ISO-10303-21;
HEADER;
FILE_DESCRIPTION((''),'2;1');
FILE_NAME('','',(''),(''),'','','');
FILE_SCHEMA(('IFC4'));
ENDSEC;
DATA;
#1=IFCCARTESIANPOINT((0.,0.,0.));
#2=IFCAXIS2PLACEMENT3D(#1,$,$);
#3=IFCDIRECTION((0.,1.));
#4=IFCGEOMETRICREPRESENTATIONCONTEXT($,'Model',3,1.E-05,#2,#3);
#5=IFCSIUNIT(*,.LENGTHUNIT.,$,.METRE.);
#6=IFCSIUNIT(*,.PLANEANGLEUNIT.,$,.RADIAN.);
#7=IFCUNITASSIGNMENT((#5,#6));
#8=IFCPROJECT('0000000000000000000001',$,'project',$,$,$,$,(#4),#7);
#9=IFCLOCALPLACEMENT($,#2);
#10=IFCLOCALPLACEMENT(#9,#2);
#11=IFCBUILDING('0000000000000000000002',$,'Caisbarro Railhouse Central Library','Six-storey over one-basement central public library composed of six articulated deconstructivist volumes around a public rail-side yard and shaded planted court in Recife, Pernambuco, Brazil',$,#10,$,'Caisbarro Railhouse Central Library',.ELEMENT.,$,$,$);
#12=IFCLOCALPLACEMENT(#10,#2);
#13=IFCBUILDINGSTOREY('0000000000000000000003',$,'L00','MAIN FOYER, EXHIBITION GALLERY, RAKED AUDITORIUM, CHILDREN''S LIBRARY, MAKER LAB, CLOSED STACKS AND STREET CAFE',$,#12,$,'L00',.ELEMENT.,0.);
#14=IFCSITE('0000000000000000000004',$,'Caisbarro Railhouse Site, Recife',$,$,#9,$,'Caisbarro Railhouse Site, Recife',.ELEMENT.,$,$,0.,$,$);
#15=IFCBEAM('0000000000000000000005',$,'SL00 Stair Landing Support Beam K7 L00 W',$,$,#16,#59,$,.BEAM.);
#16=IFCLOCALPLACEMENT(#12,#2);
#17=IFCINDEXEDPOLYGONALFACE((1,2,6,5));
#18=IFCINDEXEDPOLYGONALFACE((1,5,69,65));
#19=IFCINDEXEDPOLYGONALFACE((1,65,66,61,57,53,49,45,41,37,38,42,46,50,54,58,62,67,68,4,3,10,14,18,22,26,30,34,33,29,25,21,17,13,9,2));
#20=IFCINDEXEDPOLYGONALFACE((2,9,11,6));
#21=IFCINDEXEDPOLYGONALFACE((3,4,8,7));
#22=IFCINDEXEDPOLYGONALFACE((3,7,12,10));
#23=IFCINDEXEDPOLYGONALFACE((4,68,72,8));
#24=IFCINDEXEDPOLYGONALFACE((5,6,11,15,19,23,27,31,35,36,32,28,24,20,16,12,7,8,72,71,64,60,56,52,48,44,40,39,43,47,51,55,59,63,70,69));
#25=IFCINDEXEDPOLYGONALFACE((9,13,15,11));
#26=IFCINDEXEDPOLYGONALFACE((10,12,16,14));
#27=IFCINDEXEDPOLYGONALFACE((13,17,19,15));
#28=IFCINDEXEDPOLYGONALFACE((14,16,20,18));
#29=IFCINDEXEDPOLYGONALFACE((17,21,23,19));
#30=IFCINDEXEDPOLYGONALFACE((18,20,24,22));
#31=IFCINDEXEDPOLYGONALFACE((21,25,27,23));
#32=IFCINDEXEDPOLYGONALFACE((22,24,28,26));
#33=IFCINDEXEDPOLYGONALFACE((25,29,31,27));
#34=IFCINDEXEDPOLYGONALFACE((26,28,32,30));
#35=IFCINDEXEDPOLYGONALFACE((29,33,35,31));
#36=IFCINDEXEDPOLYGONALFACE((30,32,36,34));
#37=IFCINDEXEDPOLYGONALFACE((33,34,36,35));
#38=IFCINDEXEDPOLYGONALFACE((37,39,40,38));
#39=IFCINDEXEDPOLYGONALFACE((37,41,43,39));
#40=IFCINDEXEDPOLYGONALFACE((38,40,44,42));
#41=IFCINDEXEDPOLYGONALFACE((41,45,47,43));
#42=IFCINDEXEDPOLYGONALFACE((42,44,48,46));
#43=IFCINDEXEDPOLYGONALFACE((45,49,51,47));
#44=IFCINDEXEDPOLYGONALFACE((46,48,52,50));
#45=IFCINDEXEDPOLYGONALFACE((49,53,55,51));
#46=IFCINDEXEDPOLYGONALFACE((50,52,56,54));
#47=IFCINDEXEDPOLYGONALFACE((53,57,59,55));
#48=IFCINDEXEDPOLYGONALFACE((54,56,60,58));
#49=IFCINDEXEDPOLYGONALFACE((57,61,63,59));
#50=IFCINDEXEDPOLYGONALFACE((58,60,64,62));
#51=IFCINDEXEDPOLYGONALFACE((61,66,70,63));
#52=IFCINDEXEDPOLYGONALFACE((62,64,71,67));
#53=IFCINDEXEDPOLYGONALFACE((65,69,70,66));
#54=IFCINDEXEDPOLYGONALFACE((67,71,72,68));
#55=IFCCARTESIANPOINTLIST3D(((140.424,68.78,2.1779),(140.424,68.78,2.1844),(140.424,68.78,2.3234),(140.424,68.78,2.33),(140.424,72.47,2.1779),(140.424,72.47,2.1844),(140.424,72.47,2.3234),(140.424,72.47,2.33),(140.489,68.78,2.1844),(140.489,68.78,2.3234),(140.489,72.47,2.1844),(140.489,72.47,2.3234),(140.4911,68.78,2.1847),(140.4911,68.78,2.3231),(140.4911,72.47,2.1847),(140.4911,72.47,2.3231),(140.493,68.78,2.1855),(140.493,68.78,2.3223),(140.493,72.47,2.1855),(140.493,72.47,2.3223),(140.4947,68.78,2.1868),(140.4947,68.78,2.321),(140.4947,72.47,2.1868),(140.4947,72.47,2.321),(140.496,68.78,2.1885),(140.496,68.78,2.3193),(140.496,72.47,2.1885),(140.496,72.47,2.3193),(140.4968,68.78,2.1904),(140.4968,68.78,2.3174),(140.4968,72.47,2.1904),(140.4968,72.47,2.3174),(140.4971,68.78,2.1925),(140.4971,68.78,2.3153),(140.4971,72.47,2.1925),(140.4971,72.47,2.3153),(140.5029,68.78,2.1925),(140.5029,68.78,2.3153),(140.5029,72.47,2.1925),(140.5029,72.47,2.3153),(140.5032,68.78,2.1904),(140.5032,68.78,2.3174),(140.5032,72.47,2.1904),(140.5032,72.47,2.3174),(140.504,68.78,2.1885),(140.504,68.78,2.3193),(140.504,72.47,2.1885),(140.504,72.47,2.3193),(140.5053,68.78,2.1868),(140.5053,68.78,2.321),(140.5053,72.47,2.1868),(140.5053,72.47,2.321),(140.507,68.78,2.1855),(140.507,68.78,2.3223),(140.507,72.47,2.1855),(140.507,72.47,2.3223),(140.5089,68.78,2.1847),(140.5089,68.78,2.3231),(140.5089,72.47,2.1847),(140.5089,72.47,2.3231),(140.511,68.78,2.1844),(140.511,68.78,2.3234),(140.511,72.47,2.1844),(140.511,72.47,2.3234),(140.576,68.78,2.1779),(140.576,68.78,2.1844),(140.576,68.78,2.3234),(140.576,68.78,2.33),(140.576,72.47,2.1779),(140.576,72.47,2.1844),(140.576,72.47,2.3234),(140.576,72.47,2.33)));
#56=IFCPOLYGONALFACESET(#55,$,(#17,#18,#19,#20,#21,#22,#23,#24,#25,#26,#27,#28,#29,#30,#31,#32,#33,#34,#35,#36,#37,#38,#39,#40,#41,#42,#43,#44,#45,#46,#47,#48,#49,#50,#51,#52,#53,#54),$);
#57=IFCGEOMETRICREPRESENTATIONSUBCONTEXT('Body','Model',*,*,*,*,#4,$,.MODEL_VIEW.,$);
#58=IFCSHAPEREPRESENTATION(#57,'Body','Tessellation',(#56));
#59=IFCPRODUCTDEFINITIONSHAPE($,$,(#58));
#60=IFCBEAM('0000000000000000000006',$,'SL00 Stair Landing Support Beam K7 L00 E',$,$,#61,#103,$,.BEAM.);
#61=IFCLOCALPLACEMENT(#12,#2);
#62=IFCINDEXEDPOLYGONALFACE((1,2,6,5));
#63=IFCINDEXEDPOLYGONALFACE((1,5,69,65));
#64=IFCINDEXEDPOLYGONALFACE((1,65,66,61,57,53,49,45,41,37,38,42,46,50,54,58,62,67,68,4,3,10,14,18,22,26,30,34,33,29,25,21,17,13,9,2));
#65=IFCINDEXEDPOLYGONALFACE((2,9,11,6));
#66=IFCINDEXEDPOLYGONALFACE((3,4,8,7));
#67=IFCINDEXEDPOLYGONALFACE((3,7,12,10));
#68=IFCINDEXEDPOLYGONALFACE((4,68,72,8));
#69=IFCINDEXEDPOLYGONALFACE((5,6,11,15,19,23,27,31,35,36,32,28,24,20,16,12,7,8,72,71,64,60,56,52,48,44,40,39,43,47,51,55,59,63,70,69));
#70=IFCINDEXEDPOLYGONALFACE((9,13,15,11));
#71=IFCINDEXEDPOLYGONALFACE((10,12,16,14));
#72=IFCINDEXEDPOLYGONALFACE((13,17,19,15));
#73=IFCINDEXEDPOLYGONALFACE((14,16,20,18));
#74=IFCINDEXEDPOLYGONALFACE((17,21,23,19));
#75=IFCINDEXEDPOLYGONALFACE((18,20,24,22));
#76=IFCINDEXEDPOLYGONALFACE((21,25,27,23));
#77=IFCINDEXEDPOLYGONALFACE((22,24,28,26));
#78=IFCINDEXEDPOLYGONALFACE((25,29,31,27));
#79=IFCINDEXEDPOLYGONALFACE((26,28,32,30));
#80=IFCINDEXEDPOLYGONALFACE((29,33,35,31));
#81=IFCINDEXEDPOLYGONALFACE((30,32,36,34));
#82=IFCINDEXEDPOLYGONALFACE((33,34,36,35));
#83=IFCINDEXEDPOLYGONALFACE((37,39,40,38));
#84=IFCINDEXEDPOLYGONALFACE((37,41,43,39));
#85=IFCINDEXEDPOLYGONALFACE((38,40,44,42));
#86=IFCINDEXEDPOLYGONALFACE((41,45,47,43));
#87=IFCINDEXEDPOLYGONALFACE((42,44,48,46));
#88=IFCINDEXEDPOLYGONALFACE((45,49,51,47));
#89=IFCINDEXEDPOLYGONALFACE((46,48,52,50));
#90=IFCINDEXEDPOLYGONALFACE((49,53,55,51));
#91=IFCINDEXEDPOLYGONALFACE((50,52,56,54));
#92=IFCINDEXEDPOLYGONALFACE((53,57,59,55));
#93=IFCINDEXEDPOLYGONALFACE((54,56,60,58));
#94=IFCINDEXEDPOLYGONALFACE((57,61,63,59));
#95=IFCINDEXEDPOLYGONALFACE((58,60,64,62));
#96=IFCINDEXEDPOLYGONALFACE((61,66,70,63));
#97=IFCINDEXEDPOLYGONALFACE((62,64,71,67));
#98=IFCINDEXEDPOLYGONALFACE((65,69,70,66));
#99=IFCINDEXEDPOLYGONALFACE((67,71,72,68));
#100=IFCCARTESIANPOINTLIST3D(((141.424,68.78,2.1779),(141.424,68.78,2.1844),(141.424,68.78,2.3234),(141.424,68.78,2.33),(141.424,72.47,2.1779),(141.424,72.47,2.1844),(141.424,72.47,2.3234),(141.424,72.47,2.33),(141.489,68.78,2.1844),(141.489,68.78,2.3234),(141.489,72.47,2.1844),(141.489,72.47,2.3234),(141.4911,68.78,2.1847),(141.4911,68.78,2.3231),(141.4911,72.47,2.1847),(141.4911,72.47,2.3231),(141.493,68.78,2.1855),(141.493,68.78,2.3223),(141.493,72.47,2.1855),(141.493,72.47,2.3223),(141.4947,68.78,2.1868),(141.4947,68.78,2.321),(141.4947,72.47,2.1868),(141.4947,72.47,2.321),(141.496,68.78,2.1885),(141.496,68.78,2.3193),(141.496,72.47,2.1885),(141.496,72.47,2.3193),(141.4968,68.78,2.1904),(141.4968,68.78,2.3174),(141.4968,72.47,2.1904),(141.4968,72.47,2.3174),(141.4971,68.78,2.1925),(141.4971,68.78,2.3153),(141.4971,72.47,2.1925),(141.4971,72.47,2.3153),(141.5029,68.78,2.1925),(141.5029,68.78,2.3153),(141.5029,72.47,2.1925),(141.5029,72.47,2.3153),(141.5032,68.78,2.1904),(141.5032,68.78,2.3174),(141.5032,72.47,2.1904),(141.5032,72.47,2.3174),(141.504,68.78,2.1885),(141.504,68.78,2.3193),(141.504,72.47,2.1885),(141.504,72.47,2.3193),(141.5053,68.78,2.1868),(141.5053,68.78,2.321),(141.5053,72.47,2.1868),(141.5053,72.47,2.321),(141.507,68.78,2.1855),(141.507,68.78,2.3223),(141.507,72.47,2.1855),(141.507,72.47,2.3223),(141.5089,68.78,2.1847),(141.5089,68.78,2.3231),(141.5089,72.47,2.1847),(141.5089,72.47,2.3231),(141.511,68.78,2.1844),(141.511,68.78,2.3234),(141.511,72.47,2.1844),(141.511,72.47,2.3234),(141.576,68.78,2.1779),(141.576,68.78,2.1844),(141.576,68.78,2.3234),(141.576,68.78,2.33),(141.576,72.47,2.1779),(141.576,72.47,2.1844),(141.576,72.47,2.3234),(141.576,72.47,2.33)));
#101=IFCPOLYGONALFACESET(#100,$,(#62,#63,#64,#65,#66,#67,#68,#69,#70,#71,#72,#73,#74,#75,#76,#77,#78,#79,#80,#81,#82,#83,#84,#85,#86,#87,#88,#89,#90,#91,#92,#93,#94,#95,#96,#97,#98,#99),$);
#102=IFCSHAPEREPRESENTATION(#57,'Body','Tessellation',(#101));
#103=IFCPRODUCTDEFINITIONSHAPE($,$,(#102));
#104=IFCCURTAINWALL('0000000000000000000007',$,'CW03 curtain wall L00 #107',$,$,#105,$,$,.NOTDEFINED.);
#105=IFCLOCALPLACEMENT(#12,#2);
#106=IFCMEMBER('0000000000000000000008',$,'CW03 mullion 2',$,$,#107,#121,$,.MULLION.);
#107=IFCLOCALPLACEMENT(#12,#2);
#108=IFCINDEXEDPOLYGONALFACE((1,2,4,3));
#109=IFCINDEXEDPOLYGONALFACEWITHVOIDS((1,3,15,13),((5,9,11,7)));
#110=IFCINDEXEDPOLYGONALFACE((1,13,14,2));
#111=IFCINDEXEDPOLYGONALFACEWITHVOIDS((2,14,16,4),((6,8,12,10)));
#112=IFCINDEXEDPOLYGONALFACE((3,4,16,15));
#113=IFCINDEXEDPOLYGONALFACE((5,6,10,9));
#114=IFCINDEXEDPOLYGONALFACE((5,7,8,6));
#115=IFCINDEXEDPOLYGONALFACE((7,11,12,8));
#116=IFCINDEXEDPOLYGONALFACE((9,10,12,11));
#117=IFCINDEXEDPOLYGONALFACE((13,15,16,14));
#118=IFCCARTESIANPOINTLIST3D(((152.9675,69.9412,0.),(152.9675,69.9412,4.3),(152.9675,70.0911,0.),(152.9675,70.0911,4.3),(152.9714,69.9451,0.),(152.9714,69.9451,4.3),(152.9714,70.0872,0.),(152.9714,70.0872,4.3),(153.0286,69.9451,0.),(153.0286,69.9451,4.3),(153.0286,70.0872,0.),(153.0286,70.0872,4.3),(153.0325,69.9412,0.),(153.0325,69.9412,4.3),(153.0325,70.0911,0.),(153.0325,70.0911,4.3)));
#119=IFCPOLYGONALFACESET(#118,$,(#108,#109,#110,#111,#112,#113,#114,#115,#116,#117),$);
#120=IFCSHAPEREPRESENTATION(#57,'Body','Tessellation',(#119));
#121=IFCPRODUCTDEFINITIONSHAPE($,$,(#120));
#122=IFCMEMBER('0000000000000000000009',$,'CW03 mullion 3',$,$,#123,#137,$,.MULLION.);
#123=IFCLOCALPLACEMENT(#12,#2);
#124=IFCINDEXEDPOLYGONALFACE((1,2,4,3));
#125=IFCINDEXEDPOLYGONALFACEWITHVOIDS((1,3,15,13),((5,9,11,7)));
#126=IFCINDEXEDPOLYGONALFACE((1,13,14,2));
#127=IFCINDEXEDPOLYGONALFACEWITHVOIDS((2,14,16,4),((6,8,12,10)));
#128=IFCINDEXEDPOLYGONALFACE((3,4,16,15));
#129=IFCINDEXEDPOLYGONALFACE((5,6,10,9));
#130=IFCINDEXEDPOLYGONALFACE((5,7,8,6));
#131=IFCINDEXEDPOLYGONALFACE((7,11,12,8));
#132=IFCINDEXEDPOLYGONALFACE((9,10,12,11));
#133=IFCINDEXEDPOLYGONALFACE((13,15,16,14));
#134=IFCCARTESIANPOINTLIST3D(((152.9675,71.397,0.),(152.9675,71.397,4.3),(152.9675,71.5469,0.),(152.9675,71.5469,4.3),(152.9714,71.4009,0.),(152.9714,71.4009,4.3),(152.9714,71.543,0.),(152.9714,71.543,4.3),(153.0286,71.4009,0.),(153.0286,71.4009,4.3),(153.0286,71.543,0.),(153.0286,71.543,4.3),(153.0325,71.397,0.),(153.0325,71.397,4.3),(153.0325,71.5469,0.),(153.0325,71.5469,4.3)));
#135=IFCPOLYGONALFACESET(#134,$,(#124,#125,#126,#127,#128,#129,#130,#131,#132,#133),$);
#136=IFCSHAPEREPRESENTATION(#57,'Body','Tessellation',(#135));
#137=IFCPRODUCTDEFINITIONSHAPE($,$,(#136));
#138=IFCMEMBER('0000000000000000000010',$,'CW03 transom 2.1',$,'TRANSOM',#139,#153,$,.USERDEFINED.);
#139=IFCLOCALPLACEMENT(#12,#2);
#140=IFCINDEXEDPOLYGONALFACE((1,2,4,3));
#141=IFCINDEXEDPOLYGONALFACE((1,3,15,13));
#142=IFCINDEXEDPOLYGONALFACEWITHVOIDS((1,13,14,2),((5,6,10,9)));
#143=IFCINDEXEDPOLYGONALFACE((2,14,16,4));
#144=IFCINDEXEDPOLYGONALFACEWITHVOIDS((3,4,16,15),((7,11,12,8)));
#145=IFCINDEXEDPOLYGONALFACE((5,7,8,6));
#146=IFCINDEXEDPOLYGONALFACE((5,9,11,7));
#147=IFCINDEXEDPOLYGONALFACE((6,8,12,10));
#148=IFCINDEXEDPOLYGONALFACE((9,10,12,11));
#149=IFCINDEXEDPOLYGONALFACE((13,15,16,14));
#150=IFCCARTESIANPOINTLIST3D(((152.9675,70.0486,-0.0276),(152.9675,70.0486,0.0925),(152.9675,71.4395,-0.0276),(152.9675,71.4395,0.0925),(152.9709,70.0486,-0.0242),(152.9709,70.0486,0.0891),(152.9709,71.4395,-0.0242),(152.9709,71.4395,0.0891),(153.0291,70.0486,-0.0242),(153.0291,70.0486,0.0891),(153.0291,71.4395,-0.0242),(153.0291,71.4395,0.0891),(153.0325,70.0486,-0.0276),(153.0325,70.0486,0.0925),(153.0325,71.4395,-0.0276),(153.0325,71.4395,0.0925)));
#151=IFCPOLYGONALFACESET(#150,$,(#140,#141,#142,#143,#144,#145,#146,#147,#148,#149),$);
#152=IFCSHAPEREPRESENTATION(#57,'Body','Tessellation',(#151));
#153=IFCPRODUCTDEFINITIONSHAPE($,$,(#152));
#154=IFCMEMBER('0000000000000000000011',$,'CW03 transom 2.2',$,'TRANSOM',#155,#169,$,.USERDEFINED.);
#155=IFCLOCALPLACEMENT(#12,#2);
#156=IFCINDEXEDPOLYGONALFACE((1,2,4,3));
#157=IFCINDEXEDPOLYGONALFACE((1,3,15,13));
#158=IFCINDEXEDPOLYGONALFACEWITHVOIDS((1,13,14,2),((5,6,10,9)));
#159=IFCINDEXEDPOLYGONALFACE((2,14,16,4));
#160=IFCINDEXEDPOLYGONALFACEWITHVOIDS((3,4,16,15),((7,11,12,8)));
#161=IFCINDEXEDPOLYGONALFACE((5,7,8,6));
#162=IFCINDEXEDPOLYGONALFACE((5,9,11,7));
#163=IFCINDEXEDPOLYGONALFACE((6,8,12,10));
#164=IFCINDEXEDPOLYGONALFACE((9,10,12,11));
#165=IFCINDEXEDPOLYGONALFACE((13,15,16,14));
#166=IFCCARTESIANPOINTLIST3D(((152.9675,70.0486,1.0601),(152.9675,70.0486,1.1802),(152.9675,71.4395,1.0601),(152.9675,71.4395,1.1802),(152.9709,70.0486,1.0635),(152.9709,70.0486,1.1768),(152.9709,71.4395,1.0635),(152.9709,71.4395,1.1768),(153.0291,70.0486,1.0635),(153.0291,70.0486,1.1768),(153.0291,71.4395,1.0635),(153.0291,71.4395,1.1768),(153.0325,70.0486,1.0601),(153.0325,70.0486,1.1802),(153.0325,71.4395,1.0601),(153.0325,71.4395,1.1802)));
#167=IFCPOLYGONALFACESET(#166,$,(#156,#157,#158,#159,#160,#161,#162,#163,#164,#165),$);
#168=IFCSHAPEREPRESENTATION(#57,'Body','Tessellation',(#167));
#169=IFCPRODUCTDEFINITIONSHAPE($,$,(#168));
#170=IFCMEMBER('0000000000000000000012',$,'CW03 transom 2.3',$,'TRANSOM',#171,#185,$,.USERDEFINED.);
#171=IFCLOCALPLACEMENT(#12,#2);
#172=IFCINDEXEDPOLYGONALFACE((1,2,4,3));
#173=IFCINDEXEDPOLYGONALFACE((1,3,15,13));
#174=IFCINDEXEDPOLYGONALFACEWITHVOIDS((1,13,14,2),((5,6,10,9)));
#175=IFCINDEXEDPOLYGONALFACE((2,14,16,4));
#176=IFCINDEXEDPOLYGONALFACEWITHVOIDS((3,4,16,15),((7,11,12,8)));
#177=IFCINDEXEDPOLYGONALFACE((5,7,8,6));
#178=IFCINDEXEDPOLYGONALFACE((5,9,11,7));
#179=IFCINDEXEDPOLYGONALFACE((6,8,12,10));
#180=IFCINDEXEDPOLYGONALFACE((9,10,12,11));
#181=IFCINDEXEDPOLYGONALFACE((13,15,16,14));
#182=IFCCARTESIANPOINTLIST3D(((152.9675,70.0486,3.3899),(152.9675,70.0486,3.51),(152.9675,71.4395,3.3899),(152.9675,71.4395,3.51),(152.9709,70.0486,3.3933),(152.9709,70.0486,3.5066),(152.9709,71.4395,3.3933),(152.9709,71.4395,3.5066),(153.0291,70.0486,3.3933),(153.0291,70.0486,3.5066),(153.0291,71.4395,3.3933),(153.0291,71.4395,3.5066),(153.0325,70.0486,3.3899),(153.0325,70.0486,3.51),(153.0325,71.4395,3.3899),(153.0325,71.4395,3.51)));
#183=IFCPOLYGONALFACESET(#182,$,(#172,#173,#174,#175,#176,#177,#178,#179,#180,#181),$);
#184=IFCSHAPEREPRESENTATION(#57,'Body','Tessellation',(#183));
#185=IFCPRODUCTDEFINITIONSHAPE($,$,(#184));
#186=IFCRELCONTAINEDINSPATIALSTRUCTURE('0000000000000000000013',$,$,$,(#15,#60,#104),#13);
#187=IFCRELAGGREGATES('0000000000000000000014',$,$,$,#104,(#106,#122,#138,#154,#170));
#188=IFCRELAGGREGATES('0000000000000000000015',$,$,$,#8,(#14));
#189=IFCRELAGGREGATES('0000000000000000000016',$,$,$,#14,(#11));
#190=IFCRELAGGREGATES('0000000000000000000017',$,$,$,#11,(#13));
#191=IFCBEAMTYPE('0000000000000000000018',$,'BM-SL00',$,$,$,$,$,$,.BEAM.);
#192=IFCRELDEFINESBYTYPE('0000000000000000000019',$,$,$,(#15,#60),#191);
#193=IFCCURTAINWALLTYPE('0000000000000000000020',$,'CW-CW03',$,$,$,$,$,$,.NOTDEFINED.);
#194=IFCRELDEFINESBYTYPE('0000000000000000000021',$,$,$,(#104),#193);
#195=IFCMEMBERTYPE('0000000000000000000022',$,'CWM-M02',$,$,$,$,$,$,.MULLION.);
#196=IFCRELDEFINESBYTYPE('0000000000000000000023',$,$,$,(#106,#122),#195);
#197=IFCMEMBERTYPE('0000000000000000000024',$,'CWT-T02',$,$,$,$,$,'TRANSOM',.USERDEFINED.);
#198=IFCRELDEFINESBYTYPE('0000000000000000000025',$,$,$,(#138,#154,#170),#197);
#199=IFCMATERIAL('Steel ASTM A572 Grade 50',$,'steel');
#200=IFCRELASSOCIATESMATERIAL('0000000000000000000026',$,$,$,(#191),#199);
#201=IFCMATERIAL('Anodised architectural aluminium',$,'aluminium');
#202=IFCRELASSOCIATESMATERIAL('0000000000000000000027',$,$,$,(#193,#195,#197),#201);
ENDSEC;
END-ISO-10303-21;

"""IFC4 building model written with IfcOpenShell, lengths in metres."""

from ifc_helpers import new_model, si_unit, direction, frame, origin, origin_2d, place, context, subcontext, project, spatial, hollow_rectangle, i_section, extrude, material, material_profile, profile_set, type_object, element, aggregate, save


model = new_model("IFC4")

# Units and contexts
model_context = context("Model", 3, precision=1e-05, world=origin(), true_north=direction((0.0, 1.0)))
body_context = subcontext(model_context, "Body", "Model", "MODEL_VIEW")
ifc_project = project(units=[si_unit("LENGTHUNIT", "METRE"), si_unit("PLANEANGLEUNIT", "RADIAN")], contexts=[model_context])

# Site, building, storey
site_placement = place(None, origin())
site = spatial("IfcSite", under=ifc_project, at=site_placement, Name="Caisbarro Railhouse Site, Recife", LongName="Caisbarro Railhouse Site, Recife", CompositionType="ELEMENT", RefElevation=0.0)
building_placement = place(site_placement, origin())
building = spatial("IfcBuilding", under=site, at=building_placement, Name="Caisbarro Railhouse Central Library", Description="Six-storey over one-basement central public library composed of six articulated deconstructivist volumes around a public rail-side yard and shaded planted court in Recife, Pernambuco, Brazil", LongName="Caisbarro Railhouse Central Library", CompositionType="ELEMENT")
storey_placement = place(building_placement, origin())
storey = spatial("IfcBuildingStorey", under=building, at=storey_placement, Name="L00", Description="MAIN FOYER, EXHIBITION GALLERY, RAKED AUDITORIUM, CHILDREN'S LIBRARY, MAKER LAB, CLOSED STACKS AND STREET CAFE", LongName="L00", CompositionType="ELEMENT", Elevation=0.0)

# Shared definitions
ifc_material_1 = material(Name="Steel ASTM A572 Grade 50", Category="steel")

# Beams
ifc_material_profile_1 = material_profile(ifc_material_1, i_section(OverallWidth=0.1521, OverallDepth=0.1521, WebThickness=0.0059, FlangeThickness=0.0066, FilletRadius=0.0081, at=origin_2d()), Name="W150X22.5")
ifc_profile_set_1 = profile_set([ifc_material_profile_1], Name="Steel ASTM A572 Grade 50")
beam_type_1 = type_object("IfcBeamType", Name="BM-SL00", PredefinedType="BEAM", material=ifc_profile_set_1)
for number, where, z_axis, x_axis, name in (
    (1, (140.5, 68.78, 2.2539), (0.0, 1.0, 0.0), (-1.0, 0.0, 0.0), "SL00 Stair Landing Support Beam K7 L00 W"),
    (2, (141.5, 68.78, 2.2539), (0.0, 1.0, 0.0), (-1.0, 0.0, 0.0), "SL00 Stair Landing Support Beam K7 L00 E"),
):
    element("IfcBeam", number, at=place(storey_placement, frame(where, z_axis=z_axis, x_axis=x_axis)), inside=storey, type_object=beam_type_1, Name=name, PredefinedType="BEAM", context=body_context, shape_type="SweptSolid", body=[
        extrude(i_section(OverallWidth=0.1521, OverallDepth=0.1521, WebThickness=0.0059, FlangeThickness=0.0066, FilletRadius=0.0081, at=origin_2d()), origin(), (0.0, 0.0, 1.0), 3.6899),
    ])

# Curtain wall, members
ifc_material_2 = material(Name="Anodised architectural aluminium", Category="aluminium")
curtain_wall_type = type_object("IfcCurtainWallType", Name="CW-CW03", PredefinedType="NOTDEFINED", material=ifc_material_2)
curtain_wall_placement = place(storey_placement, origin())
curtain_wall = element("IfcCurtainWall", 3, at=curtain_wall_placement, inside=storey, type_object=curtain_wall_type, Name="CW03 curtain wall L00 #107", PredefinedType="NOTDEFINED")
ifc_material_profile_2 = material_profile(ifc_material_2, hollow_rectangle(XDim=0.0649, YDim=0.1499, WallThickness=0.0039, at=origin_2d()), Name="ALU-MUL-65X150")
ifc_profile_set_2 = profile_set([ifc_material_profile_2], Name="Anodised architectural aluminium")
member_type_1 = type_object("IfcMemberType", Name="CWM-M02", PredefinedType="MULLION", material=ifc_profile_set_2)
member_1_placement = place(storey_placement, frame((153.0, 70.0161, 0.0), z_axis=(0.0, 0.0, 1.0), x_axis=(-1.0, 0.0, 0.0)))
member_1 = element("IfcMember", 4, at=member_1_placement, type_object=member_type_1, Name="CW03 mullion 2", PredefinedType="MULLION", context=body_context, shape_type="SweptSolid", body=[
    extrude(hollow_rectangle(XDim=0.0649, YDim=0.1499, WallThickness=0.0039, at=origin_2d()), origin(), (0.0, 0.0, 1.0), 4.3),
])
member_2_placement = place(storey_placement, frame((153.0, 71.4719, 0.0), z_axis=(0.0, 0.0, 1.0), x_axis=(-1.0, 0.0, 0.0)))
member_2 = element("IfcMember", 5, at=member_2_placement, type_object=member_type_1, Name="CW03 mullion 3", PredefinedType="MULLION", context=body_context, shape_type="SweptSolid", body=[
    extrude(hollow_rectangle(XDim=0.0649, YDim=0.1499, WallThickness=0.0039, at=origin_2d()), origin(), (0.0, 0.0, 1.0), 4.3),
])
ifc_material_profile_3 = material_profile(ifc_material_2, hollow_rectangle(XDim=0.0649, YDim=0.1201, WallThickness=0.0034, at=origin_2d()), Name="ALU-TRN-65X120")
ifc_profile_set_3 = profile_set([ifc_material_profile_3], Name="Anodised architectural aluminium")
member_type_2 = type_object("IfcMemberType", Name="CWT-T02", ElementType="TRANSOM", PredefinedType="USERDEFINED", material=ifc_profile_set_3)
member_3_placement = place(storey_placement, frame((153.0, 70.0486, 0.0325), z_axis=(0.0, 1.0, 0.0), x_axis=(-1.0, 0.0, 0.0)))
member_3 = element("IfcMember", 6, at=member_3_placement, type_object=member_type_2, Name="CW03 transom 2.1", ObjectType="TRANSOM", PredefinedType="USERDEFINED", context=body_context, shape_type="SweptSolid", body=[
    extrude(hollow_rectangle(XDim=0.0649, YDim=0.1201, WallThickness=0.0034, at=origin_2d()), origin(), (0.0, 0.0, 1.0), 1.3909),
])
member_4_placement = place(storey_placement, frame((153.0, 70.0486, 1.1201), z_axis=(0.0, 1.0, 0.0), x_axis=(-1.0, 0.0, 0.0)))
member_4 = element("IfcMember", 7, at=member_4_placement, type_object=member_type_2, Name="CW03 transom 2.2", ObjectType="TRANSOM", PredefinedType="USERDEFINED", context=body_context, shape_type="SweptSolid", body=[
    extrude(hollow_rectangle(XDim=0.0649, YDim=0.1201, WallThickness=0.0034, at=origin_2d()), origin(), (0.0, 0.0, 1.0), 1.3909),
])
member_5_placement = place(storey_placement, frame((153.0, 70.0486, 3.45), z_axis=(0.0, 1.0, 0.0), x_axis=(-1.0, 0.0, 0.0)))
member_5 = element("IfcMember", 8, at=member_5_placement, type_object=member_type_2, Name="CW03 transom 2.3", ObjectType="TRANSOM", PredefinedType="USERDEFINED", context=body_context, shape_type="SweptSolid", body=[
    extrude(hollow_rectangle(XDim=0.0649, YDim=0.1201, WallThickness=0.0034, at=origin_2d()), origin(), (0.0, 0.0, 1.0), 1.3909),
])
aggregate(curtain_wall, [member_1, member_2, member_3, member_4, member_5])

save(model, "model.ifc")
